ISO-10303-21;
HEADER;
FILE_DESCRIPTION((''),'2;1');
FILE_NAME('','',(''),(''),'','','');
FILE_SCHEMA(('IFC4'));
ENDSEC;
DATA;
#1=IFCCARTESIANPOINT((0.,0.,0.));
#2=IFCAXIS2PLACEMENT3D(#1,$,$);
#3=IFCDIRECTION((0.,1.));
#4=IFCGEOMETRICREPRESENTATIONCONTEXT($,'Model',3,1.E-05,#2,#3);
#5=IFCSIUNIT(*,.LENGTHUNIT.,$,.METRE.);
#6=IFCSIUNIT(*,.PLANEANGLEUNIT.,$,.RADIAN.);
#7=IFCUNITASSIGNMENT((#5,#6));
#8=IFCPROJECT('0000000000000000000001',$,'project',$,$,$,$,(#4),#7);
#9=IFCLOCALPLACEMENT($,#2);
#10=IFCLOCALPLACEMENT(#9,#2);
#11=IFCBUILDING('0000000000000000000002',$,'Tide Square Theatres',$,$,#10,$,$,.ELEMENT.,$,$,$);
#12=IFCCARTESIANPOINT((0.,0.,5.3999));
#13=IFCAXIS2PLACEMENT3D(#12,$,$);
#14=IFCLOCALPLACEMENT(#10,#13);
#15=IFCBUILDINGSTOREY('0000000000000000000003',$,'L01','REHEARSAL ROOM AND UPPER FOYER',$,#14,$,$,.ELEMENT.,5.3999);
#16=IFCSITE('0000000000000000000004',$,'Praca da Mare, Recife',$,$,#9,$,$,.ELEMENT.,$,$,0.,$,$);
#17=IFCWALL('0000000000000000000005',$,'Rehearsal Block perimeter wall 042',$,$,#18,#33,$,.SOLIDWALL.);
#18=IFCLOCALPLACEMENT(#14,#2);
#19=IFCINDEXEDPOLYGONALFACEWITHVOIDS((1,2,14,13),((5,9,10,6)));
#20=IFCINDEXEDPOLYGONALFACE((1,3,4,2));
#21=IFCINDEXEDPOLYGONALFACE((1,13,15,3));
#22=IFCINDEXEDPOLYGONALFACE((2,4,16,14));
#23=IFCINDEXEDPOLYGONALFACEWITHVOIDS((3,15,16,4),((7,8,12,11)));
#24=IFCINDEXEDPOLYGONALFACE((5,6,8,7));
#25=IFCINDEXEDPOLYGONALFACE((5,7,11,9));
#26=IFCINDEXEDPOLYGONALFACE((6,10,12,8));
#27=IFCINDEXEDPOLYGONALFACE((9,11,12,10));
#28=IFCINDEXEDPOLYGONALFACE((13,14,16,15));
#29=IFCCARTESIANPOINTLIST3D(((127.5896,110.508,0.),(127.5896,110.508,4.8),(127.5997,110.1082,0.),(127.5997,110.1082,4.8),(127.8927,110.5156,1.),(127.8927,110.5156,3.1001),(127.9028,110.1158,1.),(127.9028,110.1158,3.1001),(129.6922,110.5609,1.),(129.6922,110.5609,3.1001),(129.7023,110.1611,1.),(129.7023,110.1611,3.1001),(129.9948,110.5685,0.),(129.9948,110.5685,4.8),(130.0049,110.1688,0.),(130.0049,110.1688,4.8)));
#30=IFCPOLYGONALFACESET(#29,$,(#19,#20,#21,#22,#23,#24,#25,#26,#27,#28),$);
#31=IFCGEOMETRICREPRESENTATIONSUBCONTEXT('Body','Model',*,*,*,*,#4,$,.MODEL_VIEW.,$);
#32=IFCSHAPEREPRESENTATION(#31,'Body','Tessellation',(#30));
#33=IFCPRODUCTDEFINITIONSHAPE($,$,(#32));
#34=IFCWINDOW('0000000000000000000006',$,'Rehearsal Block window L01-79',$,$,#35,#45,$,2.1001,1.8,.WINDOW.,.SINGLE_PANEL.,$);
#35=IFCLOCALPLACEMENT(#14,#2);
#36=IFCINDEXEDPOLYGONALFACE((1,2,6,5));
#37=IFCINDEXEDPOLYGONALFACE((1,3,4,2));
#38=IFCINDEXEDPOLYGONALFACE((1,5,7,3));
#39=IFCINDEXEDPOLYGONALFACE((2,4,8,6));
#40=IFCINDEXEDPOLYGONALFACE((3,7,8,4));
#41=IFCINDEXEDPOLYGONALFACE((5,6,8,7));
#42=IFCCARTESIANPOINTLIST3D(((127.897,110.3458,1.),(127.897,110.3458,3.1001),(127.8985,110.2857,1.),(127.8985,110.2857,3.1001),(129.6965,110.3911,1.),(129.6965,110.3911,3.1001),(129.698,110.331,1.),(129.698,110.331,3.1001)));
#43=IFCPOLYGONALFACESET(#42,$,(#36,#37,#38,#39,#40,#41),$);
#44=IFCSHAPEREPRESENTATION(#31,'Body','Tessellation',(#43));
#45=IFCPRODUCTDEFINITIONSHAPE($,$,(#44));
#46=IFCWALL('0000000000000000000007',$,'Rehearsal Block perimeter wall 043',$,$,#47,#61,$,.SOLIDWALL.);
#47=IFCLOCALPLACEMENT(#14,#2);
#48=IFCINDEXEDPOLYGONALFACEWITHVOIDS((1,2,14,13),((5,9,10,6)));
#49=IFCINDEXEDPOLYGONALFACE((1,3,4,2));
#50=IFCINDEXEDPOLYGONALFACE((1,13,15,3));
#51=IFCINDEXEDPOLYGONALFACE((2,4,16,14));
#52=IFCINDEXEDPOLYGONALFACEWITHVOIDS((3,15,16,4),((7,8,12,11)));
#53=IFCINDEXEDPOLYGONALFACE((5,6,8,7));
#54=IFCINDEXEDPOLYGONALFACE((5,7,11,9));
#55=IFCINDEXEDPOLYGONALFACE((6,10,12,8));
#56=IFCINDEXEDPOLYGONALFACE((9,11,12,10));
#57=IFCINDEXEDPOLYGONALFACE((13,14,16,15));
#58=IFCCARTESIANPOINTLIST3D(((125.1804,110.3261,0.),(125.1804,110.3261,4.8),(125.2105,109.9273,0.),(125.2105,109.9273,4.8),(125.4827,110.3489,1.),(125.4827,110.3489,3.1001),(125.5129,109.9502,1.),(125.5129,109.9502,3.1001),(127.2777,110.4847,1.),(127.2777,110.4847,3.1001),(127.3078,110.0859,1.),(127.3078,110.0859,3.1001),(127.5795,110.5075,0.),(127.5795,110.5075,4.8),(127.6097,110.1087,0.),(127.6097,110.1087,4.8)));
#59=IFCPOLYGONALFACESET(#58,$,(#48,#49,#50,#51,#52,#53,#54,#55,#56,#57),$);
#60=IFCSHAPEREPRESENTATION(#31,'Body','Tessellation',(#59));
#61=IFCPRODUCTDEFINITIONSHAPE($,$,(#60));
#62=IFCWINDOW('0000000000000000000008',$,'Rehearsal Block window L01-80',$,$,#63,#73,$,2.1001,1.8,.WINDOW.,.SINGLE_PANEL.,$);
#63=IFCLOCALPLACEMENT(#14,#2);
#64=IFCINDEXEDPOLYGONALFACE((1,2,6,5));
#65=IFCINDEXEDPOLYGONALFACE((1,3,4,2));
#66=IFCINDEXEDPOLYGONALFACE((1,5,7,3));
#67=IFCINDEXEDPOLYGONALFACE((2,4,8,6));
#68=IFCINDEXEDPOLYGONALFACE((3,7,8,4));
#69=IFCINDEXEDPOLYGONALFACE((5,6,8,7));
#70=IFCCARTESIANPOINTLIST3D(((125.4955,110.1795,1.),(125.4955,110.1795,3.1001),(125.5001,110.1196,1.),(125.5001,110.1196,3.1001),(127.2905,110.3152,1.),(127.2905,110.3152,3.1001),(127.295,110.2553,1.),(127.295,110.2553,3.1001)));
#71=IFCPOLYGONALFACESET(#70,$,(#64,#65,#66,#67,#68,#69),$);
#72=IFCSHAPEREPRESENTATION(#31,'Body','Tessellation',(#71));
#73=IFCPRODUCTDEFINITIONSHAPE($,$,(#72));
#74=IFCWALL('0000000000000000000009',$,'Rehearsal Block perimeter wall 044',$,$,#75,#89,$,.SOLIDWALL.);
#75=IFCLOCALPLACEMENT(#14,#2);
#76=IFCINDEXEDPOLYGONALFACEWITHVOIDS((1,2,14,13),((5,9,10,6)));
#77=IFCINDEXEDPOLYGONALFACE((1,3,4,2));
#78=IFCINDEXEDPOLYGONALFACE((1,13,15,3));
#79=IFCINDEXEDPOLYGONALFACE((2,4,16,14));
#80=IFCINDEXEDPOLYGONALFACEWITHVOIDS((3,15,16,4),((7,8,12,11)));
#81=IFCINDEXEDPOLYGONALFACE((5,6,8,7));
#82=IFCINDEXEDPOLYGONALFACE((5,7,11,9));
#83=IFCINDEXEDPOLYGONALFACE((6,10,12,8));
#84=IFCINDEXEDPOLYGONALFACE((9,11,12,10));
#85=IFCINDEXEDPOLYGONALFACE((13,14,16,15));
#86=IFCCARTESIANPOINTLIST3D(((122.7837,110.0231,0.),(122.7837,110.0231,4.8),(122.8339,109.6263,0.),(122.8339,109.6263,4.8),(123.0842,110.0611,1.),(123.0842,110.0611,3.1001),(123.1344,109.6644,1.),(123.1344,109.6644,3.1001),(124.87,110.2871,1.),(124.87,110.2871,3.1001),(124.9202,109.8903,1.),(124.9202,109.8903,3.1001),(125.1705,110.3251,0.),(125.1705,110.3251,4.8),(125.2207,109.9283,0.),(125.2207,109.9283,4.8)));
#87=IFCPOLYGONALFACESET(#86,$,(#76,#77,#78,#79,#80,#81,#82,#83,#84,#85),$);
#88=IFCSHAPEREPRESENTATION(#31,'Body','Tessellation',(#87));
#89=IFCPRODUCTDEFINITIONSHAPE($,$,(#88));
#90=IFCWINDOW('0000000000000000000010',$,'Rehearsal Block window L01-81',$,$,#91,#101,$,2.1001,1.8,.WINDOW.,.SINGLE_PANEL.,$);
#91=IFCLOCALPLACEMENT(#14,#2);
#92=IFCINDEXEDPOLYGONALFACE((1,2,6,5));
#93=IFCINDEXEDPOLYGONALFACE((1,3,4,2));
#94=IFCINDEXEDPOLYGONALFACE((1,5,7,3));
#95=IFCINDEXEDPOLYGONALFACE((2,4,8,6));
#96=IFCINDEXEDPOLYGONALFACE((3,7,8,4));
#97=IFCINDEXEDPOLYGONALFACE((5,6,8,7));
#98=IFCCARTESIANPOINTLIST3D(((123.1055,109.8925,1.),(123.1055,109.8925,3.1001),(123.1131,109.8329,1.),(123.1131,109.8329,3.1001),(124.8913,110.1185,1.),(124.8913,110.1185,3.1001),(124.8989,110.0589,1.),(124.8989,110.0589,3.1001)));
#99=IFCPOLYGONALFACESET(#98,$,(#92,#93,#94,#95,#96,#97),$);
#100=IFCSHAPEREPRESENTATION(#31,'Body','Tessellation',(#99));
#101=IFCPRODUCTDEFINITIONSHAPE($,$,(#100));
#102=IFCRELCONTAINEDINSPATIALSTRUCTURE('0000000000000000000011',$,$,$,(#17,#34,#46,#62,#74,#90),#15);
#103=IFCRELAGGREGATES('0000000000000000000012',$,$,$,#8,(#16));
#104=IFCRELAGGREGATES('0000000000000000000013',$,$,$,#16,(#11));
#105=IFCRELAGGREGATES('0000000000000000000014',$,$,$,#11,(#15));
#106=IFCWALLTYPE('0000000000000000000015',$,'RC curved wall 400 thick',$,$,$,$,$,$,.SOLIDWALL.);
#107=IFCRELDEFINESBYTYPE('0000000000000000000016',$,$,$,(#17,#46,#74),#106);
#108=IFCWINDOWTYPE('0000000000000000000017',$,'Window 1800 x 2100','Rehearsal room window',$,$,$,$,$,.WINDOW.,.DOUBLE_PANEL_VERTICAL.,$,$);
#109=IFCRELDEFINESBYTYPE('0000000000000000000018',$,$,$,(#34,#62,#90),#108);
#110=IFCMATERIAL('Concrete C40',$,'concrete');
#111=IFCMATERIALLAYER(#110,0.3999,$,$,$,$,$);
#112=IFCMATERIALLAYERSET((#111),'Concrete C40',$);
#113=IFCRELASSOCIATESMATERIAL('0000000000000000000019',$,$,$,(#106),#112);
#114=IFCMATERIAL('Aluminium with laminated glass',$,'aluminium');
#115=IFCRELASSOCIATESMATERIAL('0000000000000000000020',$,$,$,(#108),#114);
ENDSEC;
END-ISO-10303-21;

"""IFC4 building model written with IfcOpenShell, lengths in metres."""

from ifc_helpers import new_model, si_unit, direction, frame, frame_2d, origin, place, context, subcontext, project, spatial, rectangle, extrude, material, layer, layer_set, type_object, element, fill, save


model = new_model("IFC4")

# Units and contexts
model_context = context("Model", 3, precision=1e-05, world=origin(), true_north=direction((0.0, 1.0)))
body_context = subcontext(model_context, "Body", "Model", "MODEL_VIEW")
ifc_project = project(units=[si_unit("LENGTHUNIT", "METRE"), si_unit("PLANEANGLEUNIT", "RADIAN")], contexts=[model_context])

# Site, building, storey
site_placement = place(None, origin())
site = spatial("IfcSite", under=ifc_project, at=site_placement, Name="Praca da Mare, Recife", CompositionType="ELEMENT", RefElevation=0.0)
building_placement = place(site_placement, origin())
building = spatial("IfcBuilding", under=site, at=building_placement, Name="Tide Square Theatres", CompositionType="ELEMENT")
storey_placement = place(building_placement, frame((0.0, 0.0, 5.3999)))
storey = spatial("IfcBuildingStorey", under=building, at=storey_placement, Name="L01", Description="REHEARSAL ROOM AND UPPER FOYER", CompositionType="ELEMENT", Elevation=5.3999)

# Walls, openings, windows
ifc_material_1 = material(Name="Concrete C40", Category="concrete")
ifc_layer_1 = layer(ifc_material_1, 0.3999)
ifc_layer_set_1 = layer_set([ifc_layer_1], Name="Concrete C40")
wall_type_1 = type_object("IfcWallType", Name="RC curved wall 400 thick", PredefinedType="SOLIDWALL", material=ifc_layer_set_1)
ifc_material_2 = material(Name="Aluminium with laminated glass", Category="aluminium")
window_type = type_object("IfcWindowType", Name="Window 1800 x 2100", Description="Rehearsal room window", PartitioningType="DOUBLE_PANEL_VERTICAL", PredefinedType="WINDOW", material=ifc_material_2)
wall_1_placement = place(storey_placement, frame((130.0, 110.3687, 0.0), z_axis=(0.0, 0.0, 1.0), x_axis=(-0.999683, -0.025165, 0.0)))
wall_1 = element("IfcWall", 1, at=wall_1_placement, inside=storey, type_object=wall_type_1, Name="Rehearsal Block perimeter wall 042", PredefinedType="SOLIDWALL", context=body_context, shape_type="SweptSolid", body=[
    extrude(rectangle(XDim=2.406, YDim=0.3999, at=frame_2d((1.2031, 0.0))), origin(), (0.0, 0.0, 1.0), 4.8),
])
opening_1_placement = place(wall_1_placement, frame((0.303, 0.0, 1.0)))
opening_1 = element("IfcOpeningElement", 2, at=opening_1_placement, cuts=wall_1, PredefinedType="OPENING", context=body_context, shape_type="SweptSolid", body=[
    extrude(rectangle(XDim=1.8, YDim=2.1001, at=frame_2d((0.8999, 1.05))), frame((0.0, 0.21, 0.0), z_axis=(0.0, -1.0, 0.0), x_axis=(1.0, 0.0, 0.0)), (0.0, 0.0, 1.0), 0.4199),
])
window_1_placement = place(opening_1_placement, origin())
window_1 = element("IfcWindow", 3, at=window_1_placement, inside=storey, type_object=window_type, Name="Rehearsal Block window L01-79", OverallHeight=2.1001, OverallWidth=1.8, PartitioningType="SINGLE_PANEL", PredefinedType="WINDOW", context=body_context, shape_type="SweptSolid", body=[
    extrude(rectangle(XDim=1.8, YDim=2.1001, at=frame_2d((0.8999, 1.05))), frame((0.0, 0.03, 0.0), z_axis=(0.0, -1.0, 0.0), x_axis=(1.0, 0.0, 0.0)), (0.0, 0.0, 1.0), 0.0601),
])
fill(opening_1, window_1)
wall_2_placement = place(storey_placement, frame((127.5947, 110.3081, 0.0), z_axis=(0.0, 0.0, 1.0), x_axis=(-0.997154, -0.075393, 0.0)))
wall_2 = element("IfcWall", 4, at=wall_2_placement, inside=storey, type_object=wall_type_1, Name="Rehearsal Block perimeter wall 043", PredefinedType="SOLIDWALL", context=body_context, shape_type="SweptSolid", body=[
    extrude(rectangle(XDim=2.406, YDim=0.3999, at=frame_2d((1.2031, 0.0))), origin(), (0.0, 0.0, 1.0), 4.8),
])
opening_2_placement = place(wall_2_placement, frame((0.303, 0.0, 1.0)))
opening_2 = element("IfcOpeningElement", 5, at=opening_2_placement, cuts=wall_2, PredefinedType="OPENING", context=body_context, shape_type="SweptSolid", body=[
    extrude(rectangle(XDim=1.8, YDim=2.1001, at=frame_2d((0.8999, 1.05))), frame((0.0, 0.21, 0.0), z_axis=(0.0, -1.0, 0.0), x_axis=(1.0, 0.0, 0.0)), (0.0, 0.0, 1.0), 0.4199),
])
window_2_placement = place(opening_2_placement, origin())
window_2 = element("IfcWindow", 6, at=window_2_placement, inside=storey, type_object=window_type, Name="Rehearsal Block window L01-80", OverallHeight=2.1001, OverallWidth=1.8, PartitioningType="SINGLE_PANEL", PredefinedType="WINDOW", context=body_context, shape_type="SweptSolid", body=[
    extrude(rectangle(XDim=1.8, YDim=2.1001, at=frame_2d((0.8999, 1.05))), frame((0.0, 0.03, 0.0), z_axis=(0.0, -1.0, 0.0), x_axis=(1.0, 0.0, 0.0)), (0.0, 0.0, 1.0), 0.0601),
])
fill(opening_2, window_2)
wall_3_placement = place(storey_placement, frame((125.1956, 110.1267, 0.0), z_axis=(0.0, 0.0, 1.0), x_axis=(-0.992089, -0.125533, 0.0)))
wall_3 = element("IfcWall", 7, at=wall_3_placement, inside=storey, type_object=wall_type_1, Name="Rehearsal Block perimeter wall 044", PredefinedType="SOLIDWALL", context=body_context, shape_type="SweptSolid", body=[
    extrude(rectangle(XDim=2.4058, YDim=0.3999, at=frame_2d((1.2029, 0.0))), origin(), (0.0, 0.0, 1.0), 4.8),
])
opening_3_placement = place(wall_3_placement, frame((0.303, 0.0, 1.0)))
opening_3 = element("IfcOpeningElement", 8, at=opening_3_placement, cuts=wall_3, PredefinedType="OPENING", context=body_context, shape_type="SweptSolid", body=[
    extrude(rectangle(XDim=1.8, YDim=2.1001, at=frame_2d((0.8999, 1.05))), frame((0.0, 0.21, 0.0), z_axis=(0.0, -1.0, 0.0), x_axis=(1.0, 0.0, 0.0)), (0.0, 0.0, 1.0), 0.4199),
])
window_3_placement = place(opening_3_placement, origin())
window_3 = element("IfcWindow", 9, at=window_3_placement, inside=storey, type_object=window_type, Name="Rehearsal Block window L01-81", OverallHeight=2.1001, OverallWidth=1.8, PartitioningType="SINGLE_PANEL", PredefinedType="WINDOW", context=body_context, shape_type="SweptSolid", body=[
    extrude(rectangle(XDim=1.8, YDim=2.1001, at=frame_2d((0.8999, 1.05))), frame((0.0, 0.03, 0.0), z_axis=(0.0, -1.0, 0.0), x_axis=(1.0, 0.0, 0.0)), (0.0, 0.0, 1.0), 0.0601),
])
fill(opening_3, window_3)

save(model, "model.ifc")
